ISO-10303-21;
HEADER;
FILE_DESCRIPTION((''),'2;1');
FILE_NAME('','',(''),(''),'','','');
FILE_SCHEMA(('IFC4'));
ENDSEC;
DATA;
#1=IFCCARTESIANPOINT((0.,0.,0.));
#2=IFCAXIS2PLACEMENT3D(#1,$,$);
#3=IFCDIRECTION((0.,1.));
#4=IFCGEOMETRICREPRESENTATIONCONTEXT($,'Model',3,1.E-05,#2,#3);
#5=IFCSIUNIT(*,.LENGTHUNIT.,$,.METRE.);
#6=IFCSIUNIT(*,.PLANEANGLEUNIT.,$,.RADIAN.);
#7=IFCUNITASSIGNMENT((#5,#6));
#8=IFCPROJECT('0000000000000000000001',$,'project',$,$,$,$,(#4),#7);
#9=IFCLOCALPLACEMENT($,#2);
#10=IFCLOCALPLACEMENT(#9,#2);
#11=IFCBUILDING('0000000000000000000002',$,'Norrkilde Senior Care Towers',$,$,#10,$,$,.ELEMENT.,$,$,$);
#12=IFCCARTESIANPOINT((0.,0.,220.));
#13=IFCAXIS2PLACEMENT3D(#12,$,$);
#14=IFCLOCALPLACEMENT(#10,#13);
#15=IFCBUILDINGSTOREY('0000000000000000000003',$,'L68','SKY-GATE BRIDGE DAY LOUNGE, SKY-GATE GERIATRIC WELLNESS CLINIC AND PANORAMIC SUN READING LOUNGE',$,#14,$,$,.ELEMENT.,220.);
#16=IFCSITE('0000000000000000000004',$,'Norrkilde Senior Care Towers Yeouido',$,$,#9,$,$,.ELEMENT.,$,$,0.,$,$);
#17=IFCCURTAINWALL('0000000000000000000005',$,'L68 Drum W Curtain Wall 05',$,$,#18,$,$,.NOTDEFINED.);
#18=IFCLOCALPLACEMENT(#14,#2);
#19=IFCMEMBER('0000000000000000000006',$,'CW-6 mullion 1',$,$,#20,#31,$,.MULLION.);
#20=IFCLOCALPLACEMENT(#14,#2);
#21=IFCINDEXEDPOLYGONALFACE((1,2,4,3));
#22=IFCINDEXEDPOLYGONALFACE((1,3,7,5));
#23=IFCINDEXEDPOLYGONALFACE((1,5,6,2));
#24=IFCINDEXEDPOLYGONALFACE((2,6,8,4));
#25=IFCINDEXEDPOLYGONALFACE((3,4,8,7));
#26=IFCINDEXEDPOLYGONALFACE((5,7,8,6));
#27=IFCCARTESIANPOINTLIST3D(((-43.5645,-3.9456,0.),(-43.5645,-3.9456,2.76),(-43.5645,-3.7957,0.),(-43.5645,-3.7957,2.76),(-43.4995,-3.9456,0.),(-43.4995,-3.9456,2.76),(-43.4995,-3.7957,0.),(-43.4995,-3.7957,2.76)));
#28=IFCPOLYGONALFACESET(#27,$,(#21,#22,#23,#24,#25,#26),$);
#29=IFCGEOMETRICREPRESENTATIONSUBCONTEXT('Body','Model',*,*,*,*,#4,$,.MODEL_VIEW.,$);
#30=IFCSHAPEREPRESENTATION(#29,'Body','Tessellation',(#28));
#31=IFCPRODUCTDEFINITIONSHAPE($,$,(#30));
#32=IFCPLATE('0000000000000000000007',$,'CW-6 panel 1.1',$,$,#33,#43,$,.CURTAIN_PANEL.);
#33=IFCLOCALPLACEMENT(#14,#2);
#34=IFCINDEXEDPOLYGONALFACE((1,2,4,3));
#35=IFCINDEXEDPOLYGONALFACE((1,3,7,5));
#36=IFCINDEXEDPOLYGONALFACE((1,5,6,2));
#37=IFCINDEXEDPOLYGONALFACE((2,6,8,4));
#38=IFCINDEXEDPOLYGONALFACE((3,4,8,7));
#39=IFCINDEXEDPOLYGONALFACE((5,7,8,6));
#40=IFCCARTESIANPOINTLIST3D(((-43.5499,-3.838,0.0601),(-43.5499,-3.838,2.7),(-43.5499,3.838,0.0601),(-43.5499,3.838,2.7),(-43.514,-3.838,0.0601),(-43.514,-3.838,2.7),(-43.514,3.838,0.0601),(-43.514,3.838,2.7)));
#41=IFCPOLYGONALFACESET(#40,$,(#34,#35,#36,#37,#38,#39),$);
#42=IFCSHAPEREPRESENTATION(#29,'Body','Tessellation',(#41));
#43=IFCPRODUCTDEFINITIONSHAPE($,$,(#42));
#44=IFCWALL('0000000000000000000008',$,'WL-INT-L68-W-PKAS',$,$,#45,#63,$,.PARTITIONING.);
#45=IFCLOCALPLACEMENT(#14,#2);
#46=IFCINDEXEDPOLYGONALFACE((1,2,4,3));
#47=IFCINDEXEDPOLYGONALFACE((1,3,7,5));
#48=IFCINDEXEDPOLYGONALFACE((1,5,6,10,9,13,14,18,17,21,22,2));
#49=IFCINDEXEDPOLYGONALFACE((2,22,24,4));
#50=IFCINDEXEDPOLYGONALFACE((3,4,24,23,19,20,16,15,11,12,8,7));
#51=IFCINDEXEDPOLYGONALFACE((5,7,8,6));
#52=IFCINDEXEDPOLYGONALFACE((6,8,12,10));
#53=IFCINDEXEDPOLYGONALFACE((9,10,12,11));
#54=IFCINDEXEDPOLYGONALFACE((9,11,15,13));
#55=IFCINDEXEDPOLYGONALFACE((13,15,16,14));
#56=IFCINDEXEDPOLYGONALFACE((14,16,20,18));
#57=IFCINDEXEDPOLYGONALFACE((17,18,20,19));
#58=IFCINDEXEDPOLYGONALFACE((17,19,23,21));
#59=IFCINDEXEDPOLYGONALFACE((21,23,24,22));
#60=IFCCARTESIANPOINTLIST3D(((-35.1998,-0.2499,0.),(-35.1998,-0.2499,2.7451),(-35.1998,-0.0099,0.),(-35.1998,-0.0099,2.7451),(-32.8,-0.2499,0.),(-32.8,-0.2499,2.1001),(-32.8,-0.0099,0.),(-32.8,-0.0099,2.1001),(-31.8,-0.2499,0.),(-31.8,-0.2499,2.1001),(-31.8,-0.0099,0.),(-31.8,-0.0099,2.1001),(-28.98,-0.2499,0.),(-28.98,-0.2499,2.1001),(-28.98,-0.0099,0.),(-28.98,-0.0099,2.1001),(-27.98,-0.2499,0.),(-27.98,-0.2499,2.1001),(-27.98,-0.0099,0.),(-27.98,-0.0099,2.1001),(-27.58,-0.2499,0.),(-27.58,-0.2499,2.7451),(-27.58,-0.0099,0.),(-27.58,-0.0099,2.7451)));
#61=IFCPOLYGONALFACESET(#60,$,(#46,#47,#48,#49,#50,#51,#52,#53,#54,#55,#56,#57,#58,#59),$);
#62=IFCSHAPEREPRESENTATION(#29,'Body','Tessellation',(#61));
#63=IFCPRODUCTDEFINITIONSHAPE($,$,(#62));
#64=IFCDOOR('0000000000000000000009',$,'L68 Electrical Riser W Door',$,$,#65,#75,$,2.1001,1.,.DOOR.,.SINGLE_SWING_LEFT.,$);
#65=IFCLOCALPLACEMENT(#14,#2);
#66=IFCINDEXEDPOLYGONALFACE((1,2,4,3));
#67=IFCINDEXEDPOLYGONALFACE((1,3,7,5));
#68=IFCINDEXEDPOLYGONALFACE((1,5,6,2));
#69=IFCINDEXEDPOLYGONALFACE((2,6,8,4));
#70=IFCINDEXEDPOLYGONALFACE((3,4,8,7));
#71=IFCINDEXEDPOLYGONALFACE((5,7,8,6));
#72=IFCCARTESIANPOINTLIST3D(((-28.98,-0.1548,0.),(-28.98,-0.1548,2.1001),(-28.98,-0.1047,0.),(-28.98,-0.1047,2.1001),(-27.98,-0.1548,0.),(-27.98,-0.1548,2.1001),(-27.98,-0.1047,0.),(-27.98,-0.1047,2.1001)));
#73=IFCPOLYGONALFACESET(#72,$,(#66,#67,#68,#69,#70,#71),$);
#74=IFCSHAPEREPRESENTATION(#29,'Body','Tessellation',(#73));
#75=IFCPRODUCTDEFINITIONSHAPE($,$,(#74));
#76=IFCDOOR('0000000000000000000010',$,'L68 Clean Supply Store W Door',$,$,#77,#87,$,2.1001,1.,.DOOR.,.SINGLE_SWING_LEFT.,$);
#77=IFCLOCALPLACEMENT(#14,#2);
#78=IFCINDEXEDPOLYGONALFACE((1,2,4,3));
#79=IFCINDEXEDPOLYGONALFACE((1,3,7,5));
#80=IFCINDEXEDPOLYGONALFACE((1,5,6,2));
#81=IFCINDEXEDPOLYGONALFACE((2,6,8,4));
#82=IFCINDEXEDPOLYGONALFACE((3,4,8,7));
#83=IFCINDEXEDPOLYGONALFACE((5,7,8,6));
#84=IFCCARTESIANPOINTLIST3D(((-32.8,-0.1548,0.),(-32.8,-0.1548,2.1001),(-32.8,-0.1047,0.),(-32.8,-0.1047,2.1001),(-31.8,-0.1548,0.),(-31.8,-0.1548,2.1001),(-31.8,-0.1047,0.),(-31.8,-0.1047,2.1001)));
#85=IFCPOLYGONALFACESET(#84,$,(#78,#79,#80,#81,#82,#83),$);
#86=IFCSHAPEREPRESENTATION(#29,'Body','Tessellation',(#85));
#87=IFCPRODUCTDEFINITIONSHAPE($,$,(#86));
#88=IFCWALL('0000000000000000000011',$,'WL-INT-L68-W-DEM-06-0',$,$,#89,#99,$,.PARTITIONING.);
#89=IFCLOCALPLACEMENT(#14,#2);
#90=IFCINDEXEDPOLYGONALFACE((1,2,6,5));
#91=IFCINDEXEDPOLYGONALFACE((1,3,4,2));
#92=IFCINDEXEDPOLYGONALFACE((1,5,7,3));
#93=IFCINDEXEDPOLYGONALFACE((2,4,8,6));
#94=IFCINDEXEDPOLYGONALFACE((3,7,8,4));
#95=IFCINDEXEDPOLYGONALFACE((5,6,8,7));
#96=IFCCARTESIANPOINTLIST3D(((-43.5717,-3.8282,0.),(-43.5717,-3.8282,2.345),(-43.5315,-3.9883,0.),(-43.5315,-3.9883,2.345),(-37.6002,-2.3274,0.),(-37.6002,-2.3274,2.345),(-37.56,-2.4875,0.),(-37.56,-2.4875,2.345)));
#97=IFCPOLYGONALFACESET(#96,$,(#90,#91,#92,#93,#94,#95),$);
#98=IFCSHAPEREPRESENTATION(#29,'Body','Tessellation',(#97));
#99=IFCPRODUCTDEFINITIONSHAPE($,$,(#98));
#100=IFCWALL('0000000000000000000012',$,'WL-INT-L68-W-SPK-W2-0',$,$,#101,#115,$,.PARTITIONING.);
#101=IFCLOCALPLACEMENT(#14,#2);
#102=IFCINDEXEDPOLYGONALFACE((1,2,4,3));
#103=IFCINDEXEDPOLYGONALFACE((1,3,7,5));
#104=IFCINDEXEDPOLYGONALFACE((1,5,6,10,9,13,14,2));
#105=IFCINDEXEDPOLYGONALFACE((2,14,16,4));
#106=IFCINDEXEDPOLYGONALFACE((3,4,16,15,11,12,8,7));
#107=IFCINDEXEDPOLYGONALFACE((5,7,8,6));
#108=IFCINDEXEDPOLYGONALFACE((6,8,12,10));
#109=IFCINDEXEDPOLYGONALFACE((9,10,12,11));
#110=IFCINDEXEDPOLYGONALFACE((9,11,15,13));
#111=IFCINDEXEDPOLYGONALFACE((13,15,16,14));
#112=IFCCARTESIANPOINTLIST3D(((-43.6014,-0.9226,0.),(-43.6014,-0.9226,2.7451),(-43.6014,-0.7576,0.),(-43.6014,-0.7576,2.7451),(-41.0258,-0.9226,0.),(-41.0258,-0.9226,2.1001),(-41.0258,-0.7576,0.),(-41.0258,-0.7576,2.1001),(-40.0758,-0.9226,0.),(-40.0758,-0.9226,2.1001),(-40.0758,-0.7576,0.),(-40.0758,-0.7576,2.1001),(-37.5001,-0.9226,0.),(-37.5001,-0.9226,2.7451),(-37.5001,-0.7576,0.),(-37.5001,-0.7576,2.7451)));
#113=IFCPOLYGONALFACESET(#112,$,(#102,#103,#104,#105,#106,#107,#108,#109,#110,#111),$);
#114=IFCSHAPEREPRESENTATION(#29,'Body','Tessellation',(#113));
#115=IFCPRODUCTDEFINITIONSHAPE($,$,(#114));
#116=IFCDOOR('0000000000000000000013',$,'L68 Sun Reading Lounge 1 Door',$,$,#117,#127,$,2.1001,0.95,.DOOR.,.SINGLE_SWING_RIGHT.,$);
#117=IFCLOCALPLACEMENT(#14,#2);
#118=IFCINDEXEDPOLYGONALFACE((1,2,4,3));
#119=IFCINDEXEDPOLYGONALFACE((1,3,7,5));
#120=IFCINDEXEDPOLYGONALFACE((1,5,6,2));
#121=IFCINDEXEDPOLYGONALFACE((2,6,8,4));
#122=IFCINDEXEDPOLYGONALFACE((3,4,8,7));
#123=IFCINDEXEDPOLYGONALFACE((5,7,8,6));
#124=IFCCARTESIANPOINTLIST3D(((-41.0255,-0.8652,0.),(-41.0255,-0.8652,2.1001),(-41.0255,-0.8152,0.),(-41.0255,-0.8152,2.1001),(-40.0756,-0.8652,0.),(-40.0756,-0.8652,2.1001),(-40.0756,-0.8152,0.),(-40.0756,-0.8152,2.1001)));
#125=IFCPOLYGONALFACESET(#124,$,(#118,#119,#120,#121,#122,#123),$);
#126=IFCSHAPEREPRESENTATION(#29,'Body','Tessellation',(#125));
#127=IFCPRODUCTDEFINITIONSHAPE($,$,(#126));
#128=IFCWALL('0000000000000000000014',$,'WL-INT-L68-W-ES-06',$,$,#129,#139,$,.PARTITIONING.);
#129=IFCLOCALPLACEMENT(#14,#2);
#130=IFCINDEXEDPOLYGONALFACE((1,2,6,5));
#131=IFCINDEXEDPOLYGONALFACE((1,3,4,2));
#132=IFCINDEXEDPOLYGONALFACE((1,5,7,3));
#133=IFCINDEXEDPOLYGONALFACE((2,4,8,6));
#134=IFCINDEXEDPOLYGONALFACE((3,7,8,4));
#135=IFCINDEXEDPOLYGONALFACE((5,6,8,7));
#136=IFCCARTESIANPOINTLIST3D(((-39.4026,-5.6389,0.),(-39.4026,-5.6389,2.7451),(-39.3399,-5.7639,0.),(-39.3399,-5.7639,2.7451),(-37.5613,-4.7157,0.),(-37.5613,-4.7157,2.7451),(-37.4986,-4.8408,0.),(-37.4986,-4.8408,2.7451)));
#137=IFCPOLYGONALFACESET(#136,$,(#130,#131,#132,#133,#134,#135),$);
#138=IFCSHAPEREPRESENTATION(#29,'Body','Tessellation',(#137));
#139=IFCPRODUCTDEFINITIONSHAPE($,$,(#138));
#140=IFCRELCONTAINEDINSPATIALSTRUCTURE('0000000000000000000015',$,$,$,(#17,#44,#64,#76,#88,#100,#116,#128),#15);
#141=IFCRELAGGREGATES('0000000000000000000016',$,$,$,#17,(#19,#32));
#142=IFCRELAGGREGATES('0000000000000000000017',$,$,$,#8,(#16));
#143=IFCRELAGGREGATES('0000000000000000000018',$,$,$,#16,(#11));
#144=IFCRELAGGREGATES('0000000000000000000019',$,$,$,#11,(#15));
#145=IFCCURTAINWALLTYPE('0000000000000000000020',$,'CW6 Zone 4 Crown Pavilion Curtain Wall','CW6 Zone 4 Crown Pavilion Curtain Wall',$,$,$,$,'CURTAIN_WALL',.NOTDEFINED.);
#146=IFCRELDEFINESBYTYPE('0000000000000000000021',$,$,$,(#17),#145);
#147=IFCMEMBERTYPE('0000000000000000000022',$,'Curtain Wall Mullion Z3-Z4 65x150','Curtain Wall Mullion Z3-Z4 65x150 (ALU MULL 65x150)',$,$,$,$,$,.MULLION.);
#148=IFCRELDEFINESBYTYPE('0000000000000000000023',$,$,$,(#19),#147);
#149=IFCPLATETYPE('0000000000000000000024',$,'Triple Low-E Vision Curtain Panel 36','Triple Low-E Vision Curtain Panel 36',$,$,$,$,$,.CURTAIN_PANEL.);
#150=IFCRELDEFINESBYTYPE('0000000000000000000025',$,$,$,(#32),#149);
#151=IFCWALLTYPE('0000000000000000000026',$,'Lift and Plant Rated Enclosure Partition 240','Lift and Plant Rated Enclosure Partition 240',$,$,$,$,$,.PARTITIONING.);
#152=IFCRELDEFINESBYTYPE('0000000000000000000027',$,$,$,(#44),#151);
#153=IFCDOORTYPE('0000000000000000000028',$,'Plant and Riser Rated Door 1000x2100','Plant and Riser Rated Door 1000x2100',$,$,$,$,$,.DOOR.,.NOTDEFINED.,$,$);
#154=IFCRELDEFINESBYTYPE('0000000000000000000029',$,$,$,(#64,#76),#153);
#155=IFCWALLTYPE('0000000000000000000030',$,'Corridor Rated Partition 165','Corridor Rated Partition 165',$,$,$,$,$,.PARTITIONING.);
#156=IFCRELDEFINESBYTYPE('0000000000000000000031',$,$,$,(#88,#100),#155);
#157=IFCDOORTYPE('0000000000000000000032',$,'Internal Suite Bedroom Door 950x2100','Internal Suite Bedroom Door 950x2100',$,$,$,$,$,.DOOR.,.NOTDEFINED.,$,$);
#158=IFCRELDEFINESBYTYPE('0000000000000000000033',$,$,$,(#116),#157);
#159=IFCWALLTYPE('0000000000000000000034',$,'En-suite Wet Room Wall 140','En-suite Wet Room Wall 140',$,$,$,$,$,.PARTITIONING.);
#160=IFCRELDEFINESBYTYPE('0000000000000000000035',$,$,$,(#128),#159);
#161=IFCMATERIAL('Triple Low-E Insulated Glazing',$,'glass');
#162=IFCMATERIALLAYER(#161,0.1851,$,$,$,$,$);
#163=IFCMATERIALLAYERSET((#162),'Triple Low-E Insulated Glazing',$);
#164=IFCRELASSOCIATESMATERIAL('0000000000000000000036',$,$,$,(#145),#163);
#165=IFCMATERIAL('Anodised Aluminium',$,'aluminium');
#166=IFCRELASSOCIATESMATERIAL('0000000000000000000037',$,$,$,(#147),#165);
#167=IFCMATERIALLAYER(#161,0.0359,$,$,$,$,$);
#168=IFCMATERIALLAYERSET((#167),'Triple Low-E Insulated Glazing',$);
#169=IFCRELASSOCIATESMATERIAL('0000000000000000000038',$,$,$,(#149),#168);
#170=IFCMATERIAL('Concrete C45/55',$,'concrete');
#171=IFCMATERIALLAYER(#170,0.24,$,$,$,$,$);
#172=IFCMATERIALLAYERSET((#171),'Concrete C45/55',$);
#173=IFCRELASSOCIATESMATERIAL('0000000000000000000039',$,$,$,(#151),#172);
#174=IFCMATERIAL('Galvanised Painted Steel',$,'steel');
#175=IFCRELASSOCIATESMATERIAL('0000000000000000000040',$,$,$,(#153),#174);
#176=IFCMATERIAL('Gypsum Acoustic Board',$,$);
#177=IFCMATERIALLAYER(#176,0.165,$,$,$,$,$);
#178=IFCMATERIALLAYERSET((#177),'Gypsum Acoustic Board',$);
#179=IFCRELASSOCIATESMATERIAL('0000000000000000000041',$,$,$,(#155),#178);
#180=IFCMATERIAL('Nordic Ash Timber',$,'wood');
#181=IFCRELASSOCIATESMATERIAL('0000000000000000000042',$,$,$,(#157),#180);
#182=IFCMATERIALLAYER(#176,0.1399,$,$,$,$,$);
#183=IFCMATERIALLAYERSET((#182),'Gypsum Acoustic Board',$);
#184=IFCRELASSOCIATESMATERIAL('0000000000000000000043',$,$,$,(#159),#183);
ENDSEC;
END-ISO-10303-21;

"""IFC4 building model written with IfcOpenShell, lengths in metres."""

from ifc_helpers import new_model, si_unit, direction, frame, frame_2d, origin, origin_2d, place, context, subcontext, project, spatial, rectangle, extrude, source, transform, mapped, material, layer, layer_set, material_profile, profile_set, type_object, type_shapes, element, fill, aggregate, save


model = new_model("IFC4")

# Units and contexts
model_context = context("Model", 3, precision=1e-05, world=origin(), true_north=direction((0.0, 1.0)))
body_context = subcontext(model_context, "Body", "Model", "MODEL_VIEW")
ifc_project = project(units=[si_unit("LENGTHUNIT", "METRE"), si_unit("PLANEANGLEUNIT", "RADIAN")], contexts=[model_context])

# Site, building, storey
site_placement = place(None, origin())
site = spatial("IfcSite", under=ifc_project, at=site_placement, Name="Norrkilde Senior Care Towers Yeouido", CompositionType="ELEMENT", RefElevation=0.0)
building_placement = place(site_placement, origin())
building = spatial("IfcBuilding", under=site, at=building_placement, Name="Norrkilde Senior Care Towers", CompositionType="ELEMENT")
storey_placement = place(building_placement, frame((0.0, 0.0, 220.0)))
storey = spatial("IfcBuildingStorey", under=building, at=storey_placement, Name="L68", Description="SKY-GATE BRIDGE DAY LOUNGE, SKY-GATE GERIATRIC WELLNESS CLINIC AND PANORAMIC SUN READING LOUNGE", CompositionType="ELEMENT", Elevation=220.0)

# Curtain wall, member, plate
ifc_material_1 = material(Name="Triple Low-E Insulated Glazing", Category="glass")
ifc_layer_1 = layer(ifc_material_1, 0.1851)
ifc_layer_set_1 = layer_set([ifc_layer_1], Name="Triple Low-E Insulated Glazing")
curtain_wall_type = type_object("IfcCurtainWallType", Name="CW6 Zone 4 Crown Pavilion Curtain Wall", Description="CW6 Zone 4 Crown Pavilion Curtain Wall", ElementType="CURTAIN_WALL", PredefinedType="NOTDEFINED", material=ifc_layer_set_1)
curtain_wall_placement = place(storey_placement, origin())
curtain_wall = element("IfcCurtainWall", 1, at=curtain_wall_placement, inside=storey, type_object=curtain_wall_type, Name="L68 Drum W Curtain Wall 05", PredefinedType="NOTDEFINED")
ifc_material_2 = material(Name="Anodised Aluminium", Category="aluminium")
ifc_material_profile_1 = material_profile(ifc_material_2, rectangle(XDim=0.0649, YDim=0.1499, at=origin_2d()), Name="ALU MULL 65x150")
ifc_profile_set_1 = profile_set([ifc_material_profile_1], Name="Anodised Aluminium")
member_type_1 = type_object("IfcMemberType", Name="Curtain Wall Mullion Z3-Z4 65x150", Description="Curtain Wall Mullion Z3-Z4 65x150 (ALU MULL 65x150)", PredefinedType="MULLION", material=ifc_profile_set_1)
shared_shape_1 = source(origin(), body_context, "Body", "SweptSolid", [
    extrude(rectangle(XDim=0.0649, YDim=0.1499, at=origin_2d()), origin(), (0.0, 0.0, 1.0), 2.76),
])
type_shapes(member_type_1, [shared_shape_1])
member_1_placement = place(storey_placement, frame((-43.532, -3.8706, 0.0), z_axis=(0.0, 0.0, 1.0), x_axis=(-1.0, 0.0, 0.0)))
member_1 = element("IfcMember", 2, at=member_1_placement, type_object=member_type_1, Name="CW-6 mullion 1", PredefinedType="MULLION", context=body_context, shape_type="MappedRepresentation", body=[
    mapped(shared_shape_1, transform((0.0, 0.0, 0.0), x_axis=(1.0, 0.0, 0.0), y_axis=(0.0, 1.0, 0.0), z_axis=(0.0, 0.0, 1.0), scale=1.0)),
])
ifc_layer_2 = layer(ifc_material_1, 0.0359)
ifc_layer_set_2 = layer_set([ifc_layer_2], Name="Triple Low-E Insulated Glazing")
plate_type = type_object("IfcPlateType", Name="Triple Low-E Vision Curtain Panel 36", Description="Triple Low-E Vision Curtain Panel 36", PredefinedType="CURTAIN_PANEL", material=ifc_layer_set_2)
shared_shape_2 = source(origin(), body_context, "Body", "SweptSolid", [
    extrude(rectangle(XDim=7.676, YDim=0.0359, at=origin_2d()), origin(), (0.0, 0.0, 1.0), 2.6399),
])
type_shapes(plate_type, [shared_shape_2])
plate_placement = place(storey_placement, frame((-43.532, 0.0, 0.0601), z_axis=(0.0, 0.0, 1.0), x_axis=(0.0, 1.0, 0.0)))
plate = element("IfcPlate", 3, at=plate_placement, type_object=plate_type, Name="CW-6 panel 1.1", PredefinedType="CURTAIN_PANEL", context=body_context, shape_type="MappedRepresentation", body=[
    mapped(shared_shape_2, transform((0.0, 0.0, 0.0), x_axis=(1.0, 0.0, 0.0), y_axis=(0.0, 1.0, 0.0), z_axis=(0.0, 0.0, 1.0), scale=1.0)),
])
aggregate(curtain_wall, [member_1, plate])

# Shared definitions
ifc_material_3 = material(Name="Galvanised Painted Steel", Category="steel")
ifc_material_4 = material(Name="Concrete C45/55", Category="concrete")

# Wall, openings, doors
ifc_layer_3 = layer(ifc_material_4, 0.24)
ifc_layer_set_3 = layer_set([ifc_layer_3], Name="Concrete C45/55")
wall_type_1 = type_object("IfcWallType", Name="Lift and Plant Rated Enclosure Partition 240", Description="Lift and Plant Rated Enclosure Partition 240", PredefinedType="PARTITIONING", material=ifc_layer_set_3)
shared_shape_3 = source(origin(), body_context, "Body", "SweptSolid", [
    extrude(rectangle(XDim=7.6199, YDim=0.24, at=frame_2d((3.8101, 0.0))), origin(), (0.0, 0.0, 1.0), 2.7451),
])
type_shapes(wall_type_1, [shared_shape_3])
wall_1_placement = place(storey_placement, frame((-35.2, -0.1299, 0.0), z_axis=(0.0, 0.0, 1.0), x_axis=(1.0, 0.0, 0.0)))
wall_1 = element("IfcWall", 4, at=wall_1_placement, inside=storey, type_object=wall_type_1, Name="WL-INT-L68-W-PKAS", PredefinedType="PARTITIONING", context=body_context, shape_type="MappedRepresentation", body=[
    mapped(shared_shape_3, transform((0.0, 0.0, 0.0), x_axis=(1.0, 0.0, 0.0), y_axis=(0.0, 1.0, 0.0), z_axis=(0.0, 0.0, 1.0), scale=1.0)),
])
opening_1_placement = place(wall_1_placement, frame((6.22, 0.0, 0.0)))
opening_1 = element("IfcOpeningElement", 5, at=opening_1_placement, cuts=wall_1, PredefinedType="OPENING", context=body_context, shape_type="SweptSolid", body=[
    extrude(rectangle(XDim=1.0, YDim=2.1001, at=frame_2d((0.5, 1.05))), frame((0.0, 0.1299, 0.0), z_axis=(0.0, -1.0, 0.0), x_axis=(1.0, 0.0, 0.0)), (0.0, 0.0, 1.0), 0.26),
])
opening_2_placement = place(wall_1_placement, frame((2.3999, 0.0, 0.0)))
opening_2 = element("IfcOpeningElement", 6, at=opening_2_placement, cuts=wall_1, PredefinedType="OPENING", context=body_context, shape_type="SweptSolid", body=[
    extrude(rectangle(XDim=1.0, YDim=2.1001, at=frame_2d((0.5, 1.05))), frame((0.0, 0.1299, 0.0), z_axis=(0.0, -1.0, 0.0), x_axis=(1.0, 0.0, 0.0)), (0.0, 0.0, 1.0), 0.26),
])
door_type_1 = type_object("IfcDoorType", Name="Plant and Riser Rated Door 1000x2100", Description="Plant and Riser Rated Door 1000x2100", OperationType="NOTDEFINED", PredefinedType="DOOR", material=ifc_material_3)
shared_shape_4 = source(origin(), body_context, "Body", "SweptSolid", [
    extrude(rectangle(XDim=1.0, YDim=2.1001, at=frame_2d((0.5, 1.05))), frame((0.0, 0.0249, 0.0), z_axis=(0.0, -1.0, 0.0), x_axis=(1.0, 0.0, 0.0)), (0.0, 0.0, 1.0), 0.05),
])
type_shapes(door_type_1, [shared_shape_4])
door_1_placement = place(opening_1_placement, frame((1.0, 0.0, 0.0), z_axis=(0.0, 0.0, 1.0), x_axis=(-1.0, 0.0, 0.0)))
door_1 = element("IfcDoor", 7, at=door_1_placement, inside=storey, type_object=door_type_1, Name="L68 Electrical Riser W Door", OperationType="SINGLE_SWING_LEFT", OverallHeight=2.1001, OverallWidth=1.0, PredefinedType="DOOR", context=body_context, shape_type="MappedRepresentation", body=[
    mapped(shared_shape_4, transform((0.0, 0.0, 0.0), x_axis=(1.0, 0.0, 0.0), y_axis=(0.0, 1.0, 0.0), z_axis=(0.0, 0.0, 1.0), scale=1.0)),
])
fill(opening_1, door_1)
door_2_placement = place(opening_2_placement, frame((1.0, 0.0, 0.0), z_axis=(0.0, 0.0, 1.0), x_axis=(-1.0, 0.0, 0.0)))
door_2 = element("IfcDoor", 8, at=door_2_placement, inside=storey, type_object=door_type_1, Name="L68 Clean Supply Store W Door", OperationType="SINGLE_SWING_LEFT", OverallHeight=2.1001, OverallWidth=1.0, PredefinedType="DOOR", context=body_context, shape_type="MappedRepresentation", body=[
    mapped(shared_shape_4, transform((0.0, 0.0, 0.0), x_axis=(1.0, 0.0, 0.0), y_axis=(0.0, 1.0, 0.0), z_axis=(0.0, 0.0, 1.0), scale=1.0)),
])
fill(opening_2, door_2)

# Wall
ifc_material_5 = material(Name="Gypsum Acoustic Board")
ifc_layer_4 = layer(ifc_material_5, 0.165)
ifc_layer_set_4 = layer_set([ifc_layer_4], Name="Gypsum Acoustic Board")
wall_type_2 = type_object("IfcWallType", Name="Corridor Rated Partition 165", Description="Corridor Rated Partition 165", PredefinedType="PARTITIONING", material=ifc_layer_set_4)
shared_shape_5 = source(origin(), body_context, "Body", "SweptSolid", [
    extrude(rectangle(XDim=6.1572, YDim=0.165, at=frame_2d((3.0786, 0.0))), origin(), (0.0, 0.0, 1.0), 2.345),
])
wall_2_placement = place(storey_placement, frame((-37.5801, -2.4075, 0.0), z_axis=(0.0, 0.0, 1.0), x_axis=(-0.969841, -0.243739, 0.0)))
element("IfcWall", 9, at=wall_2_placement, inside=storey, type_object=wall_type_2, Name="WL-INT-L68-W-DEM-06-0", PredefinedType="PARTITIONING", context=body_context, shape_type="MappedRepresentation", body=[
    mapped(shared_shape_5, transform((0.0, 0.0, 0.0), x_axis=(1.0, 0.0, 0.0), y_axis=(0.0, 1.0, 0.0), z_axis=(0.0, 0.0, 1.0), scale=1.0)),
])

# Wall, opening, door
shared_shape_6 = source(origin(), body_context, "Body", "SweptSolid", [
    extrude(rectangle(XDim=6.1013, YDim=0.165, at=frame_2d((3.0508, 0.0))), origin(), (0.0, 0.0, 1.0), 2.7451),
])
type_shapes(wall_type_2, [shared_shape_5, shared_shape_6])
wall_3_placement = place(storey_placement, frame((-37.5, -0.8401, 0.0), z_axis=(0.0, 0.0, 1.0), x_axis=(-1.0, 0.0, 0.0)))
wall_3 = element("IfcWall", 10, at=wall_3_placement, inside=storey, type_object=wall_type_2, Name="WL-INT-L68-W-SPK-W2-0", PredefinedType="PARTITIONING", context=body_context, shape_type="MappedRepresentation", body=[
    mapped(shared_shape_6, transform((0.0, 0.0, 0.0), x_axis=(1.0, 0.0, 0.0), y_axis=(0.0, 1.0, 0.0), z_axis=(0.0, 0.0, 1.0), scale=1.0)),
])
opening_3_placement = place(wall_3_placement, frame((2.5757, 0.0, 0.0)))
opening_3 = element("IfcOpeningElement", 11, at=opening_3_placement, cuts=wall_3, PredefinedType="OPENING", context=body_context, shape_type="SweptSolid", body=[
    extrude(rectangle(XDim=0.95, YDim=2.1001, at=frame_2d((0.4751, 1.05))), frame((0.0, 0.0925, 0.0), z_axis=(0.0, -1.0, 0.0), x_axis=(1.0, 0.0, 0.0)), (0.0, 0.0, 1.0), 0.1851),
])
ifc_material_6 = material(Name="Nordic Ash Timber", Category="wood")
door_type_2 = type_object("IfcDoorType", Name="Internal Suite Bedroom Door 950x2100", Description="Internal Suite Bedroom Door 950x2100", OperationType="NOTDEFINED", PredefinedType="DOOR", material=ifc_material_6)
shared_shape_7 = source(origin(), body_context, "Body", "SweptSolid", [
    extrude(rectangle(XDim=0.95, YDim=2.1001, at=frame_2d((0.4751, 1.05))), frame((0.0, 0.0249, 0.0), z_axis=(0.0, -1.0, 0.0), x_axis=(1.0, 0.0, 0.0)), (0.0, 0.0, 1.0), 0.05),
])
type_shapes(door_type_2, [shared_shape_7])
door_3_placement = place(opening_3_placement, frame((0.95, 0.0, 0.0), z_axis=(0.0, 0.0, 1.0), x_axis=(-1.0, 0.0, 0.0)))
door_3 = element("IfcDoor", 12, at=door_3_placement, inside=storey, type_object=door_type_2, Name="L68 Sun Reading Lounge 1 Door", OperationType="SINGLE_SWING_RIGHT", OverallHeight=2.1001, OverallWidth=0.95, PredefinedType="DOOR", context=body_context, shape_type="MappedRepresentation", body=[
    mapped(shared_shape_7, transform((0.0, 0.0, 0.0), x_axis=(1.0, 0.0, 0.0), y_axis=(0.0, 1.0, 0.0), z_axis=(0.0, 0.0, 1.0), scale=1.0)),
])
fill(opening_3, door_3)

# Wall
ifc_layer_5 = layer(ifc_material_5, 0.1399)
ifc_layer_set_5 = layer_set([ifc_layer_5], Name="Gypsum Acoustic Board")
wall_type_3 = type_object("IfcWallType", Name="En-suite Wet Room Wall 140", Description="En-suite Wet Room Wall 140", PredefinedType="PARTITIONING", material=ifc_layer_set_5)
shared_shape_8 = source(origin(), body_context, "Body", "SweptSolid", [
    extrude(rectangle(XDim=2.0598, YDim=0.1399, at=frame_2d((1.0298, 0.0))), origin(), (0.0, 0.0, 1.0), 2.7451),
])
type_shapes(wall_type_3, [shared_shape_8])
wall_4_placement = place(storey_placement, frame((-37.53, -4.7783, 0.0), z_axis=(0.0, 0.0, 1.0), x_axis=(-0.893953, -0.448162, 0.0)))
element("IfcWall", 13, at=wall_4_placement, inside=storey, type_object=wall_type_3, Name="WL-INT-L68-W-ES-06", PredefinedType="PARTITIONING", context=body_context, shape_type="MappedRepresentation", body=[
    mapped(shared_shape_8, transform((0.0, 0.0, 0.0), x_axis=(1.0, 0.0, 0.0), y_axis=(0.0, 1.0, 0.0), z_axis=(0.0, 0.0, 1.0), scale=1.0)),
])

save(model, "model.ifc")
